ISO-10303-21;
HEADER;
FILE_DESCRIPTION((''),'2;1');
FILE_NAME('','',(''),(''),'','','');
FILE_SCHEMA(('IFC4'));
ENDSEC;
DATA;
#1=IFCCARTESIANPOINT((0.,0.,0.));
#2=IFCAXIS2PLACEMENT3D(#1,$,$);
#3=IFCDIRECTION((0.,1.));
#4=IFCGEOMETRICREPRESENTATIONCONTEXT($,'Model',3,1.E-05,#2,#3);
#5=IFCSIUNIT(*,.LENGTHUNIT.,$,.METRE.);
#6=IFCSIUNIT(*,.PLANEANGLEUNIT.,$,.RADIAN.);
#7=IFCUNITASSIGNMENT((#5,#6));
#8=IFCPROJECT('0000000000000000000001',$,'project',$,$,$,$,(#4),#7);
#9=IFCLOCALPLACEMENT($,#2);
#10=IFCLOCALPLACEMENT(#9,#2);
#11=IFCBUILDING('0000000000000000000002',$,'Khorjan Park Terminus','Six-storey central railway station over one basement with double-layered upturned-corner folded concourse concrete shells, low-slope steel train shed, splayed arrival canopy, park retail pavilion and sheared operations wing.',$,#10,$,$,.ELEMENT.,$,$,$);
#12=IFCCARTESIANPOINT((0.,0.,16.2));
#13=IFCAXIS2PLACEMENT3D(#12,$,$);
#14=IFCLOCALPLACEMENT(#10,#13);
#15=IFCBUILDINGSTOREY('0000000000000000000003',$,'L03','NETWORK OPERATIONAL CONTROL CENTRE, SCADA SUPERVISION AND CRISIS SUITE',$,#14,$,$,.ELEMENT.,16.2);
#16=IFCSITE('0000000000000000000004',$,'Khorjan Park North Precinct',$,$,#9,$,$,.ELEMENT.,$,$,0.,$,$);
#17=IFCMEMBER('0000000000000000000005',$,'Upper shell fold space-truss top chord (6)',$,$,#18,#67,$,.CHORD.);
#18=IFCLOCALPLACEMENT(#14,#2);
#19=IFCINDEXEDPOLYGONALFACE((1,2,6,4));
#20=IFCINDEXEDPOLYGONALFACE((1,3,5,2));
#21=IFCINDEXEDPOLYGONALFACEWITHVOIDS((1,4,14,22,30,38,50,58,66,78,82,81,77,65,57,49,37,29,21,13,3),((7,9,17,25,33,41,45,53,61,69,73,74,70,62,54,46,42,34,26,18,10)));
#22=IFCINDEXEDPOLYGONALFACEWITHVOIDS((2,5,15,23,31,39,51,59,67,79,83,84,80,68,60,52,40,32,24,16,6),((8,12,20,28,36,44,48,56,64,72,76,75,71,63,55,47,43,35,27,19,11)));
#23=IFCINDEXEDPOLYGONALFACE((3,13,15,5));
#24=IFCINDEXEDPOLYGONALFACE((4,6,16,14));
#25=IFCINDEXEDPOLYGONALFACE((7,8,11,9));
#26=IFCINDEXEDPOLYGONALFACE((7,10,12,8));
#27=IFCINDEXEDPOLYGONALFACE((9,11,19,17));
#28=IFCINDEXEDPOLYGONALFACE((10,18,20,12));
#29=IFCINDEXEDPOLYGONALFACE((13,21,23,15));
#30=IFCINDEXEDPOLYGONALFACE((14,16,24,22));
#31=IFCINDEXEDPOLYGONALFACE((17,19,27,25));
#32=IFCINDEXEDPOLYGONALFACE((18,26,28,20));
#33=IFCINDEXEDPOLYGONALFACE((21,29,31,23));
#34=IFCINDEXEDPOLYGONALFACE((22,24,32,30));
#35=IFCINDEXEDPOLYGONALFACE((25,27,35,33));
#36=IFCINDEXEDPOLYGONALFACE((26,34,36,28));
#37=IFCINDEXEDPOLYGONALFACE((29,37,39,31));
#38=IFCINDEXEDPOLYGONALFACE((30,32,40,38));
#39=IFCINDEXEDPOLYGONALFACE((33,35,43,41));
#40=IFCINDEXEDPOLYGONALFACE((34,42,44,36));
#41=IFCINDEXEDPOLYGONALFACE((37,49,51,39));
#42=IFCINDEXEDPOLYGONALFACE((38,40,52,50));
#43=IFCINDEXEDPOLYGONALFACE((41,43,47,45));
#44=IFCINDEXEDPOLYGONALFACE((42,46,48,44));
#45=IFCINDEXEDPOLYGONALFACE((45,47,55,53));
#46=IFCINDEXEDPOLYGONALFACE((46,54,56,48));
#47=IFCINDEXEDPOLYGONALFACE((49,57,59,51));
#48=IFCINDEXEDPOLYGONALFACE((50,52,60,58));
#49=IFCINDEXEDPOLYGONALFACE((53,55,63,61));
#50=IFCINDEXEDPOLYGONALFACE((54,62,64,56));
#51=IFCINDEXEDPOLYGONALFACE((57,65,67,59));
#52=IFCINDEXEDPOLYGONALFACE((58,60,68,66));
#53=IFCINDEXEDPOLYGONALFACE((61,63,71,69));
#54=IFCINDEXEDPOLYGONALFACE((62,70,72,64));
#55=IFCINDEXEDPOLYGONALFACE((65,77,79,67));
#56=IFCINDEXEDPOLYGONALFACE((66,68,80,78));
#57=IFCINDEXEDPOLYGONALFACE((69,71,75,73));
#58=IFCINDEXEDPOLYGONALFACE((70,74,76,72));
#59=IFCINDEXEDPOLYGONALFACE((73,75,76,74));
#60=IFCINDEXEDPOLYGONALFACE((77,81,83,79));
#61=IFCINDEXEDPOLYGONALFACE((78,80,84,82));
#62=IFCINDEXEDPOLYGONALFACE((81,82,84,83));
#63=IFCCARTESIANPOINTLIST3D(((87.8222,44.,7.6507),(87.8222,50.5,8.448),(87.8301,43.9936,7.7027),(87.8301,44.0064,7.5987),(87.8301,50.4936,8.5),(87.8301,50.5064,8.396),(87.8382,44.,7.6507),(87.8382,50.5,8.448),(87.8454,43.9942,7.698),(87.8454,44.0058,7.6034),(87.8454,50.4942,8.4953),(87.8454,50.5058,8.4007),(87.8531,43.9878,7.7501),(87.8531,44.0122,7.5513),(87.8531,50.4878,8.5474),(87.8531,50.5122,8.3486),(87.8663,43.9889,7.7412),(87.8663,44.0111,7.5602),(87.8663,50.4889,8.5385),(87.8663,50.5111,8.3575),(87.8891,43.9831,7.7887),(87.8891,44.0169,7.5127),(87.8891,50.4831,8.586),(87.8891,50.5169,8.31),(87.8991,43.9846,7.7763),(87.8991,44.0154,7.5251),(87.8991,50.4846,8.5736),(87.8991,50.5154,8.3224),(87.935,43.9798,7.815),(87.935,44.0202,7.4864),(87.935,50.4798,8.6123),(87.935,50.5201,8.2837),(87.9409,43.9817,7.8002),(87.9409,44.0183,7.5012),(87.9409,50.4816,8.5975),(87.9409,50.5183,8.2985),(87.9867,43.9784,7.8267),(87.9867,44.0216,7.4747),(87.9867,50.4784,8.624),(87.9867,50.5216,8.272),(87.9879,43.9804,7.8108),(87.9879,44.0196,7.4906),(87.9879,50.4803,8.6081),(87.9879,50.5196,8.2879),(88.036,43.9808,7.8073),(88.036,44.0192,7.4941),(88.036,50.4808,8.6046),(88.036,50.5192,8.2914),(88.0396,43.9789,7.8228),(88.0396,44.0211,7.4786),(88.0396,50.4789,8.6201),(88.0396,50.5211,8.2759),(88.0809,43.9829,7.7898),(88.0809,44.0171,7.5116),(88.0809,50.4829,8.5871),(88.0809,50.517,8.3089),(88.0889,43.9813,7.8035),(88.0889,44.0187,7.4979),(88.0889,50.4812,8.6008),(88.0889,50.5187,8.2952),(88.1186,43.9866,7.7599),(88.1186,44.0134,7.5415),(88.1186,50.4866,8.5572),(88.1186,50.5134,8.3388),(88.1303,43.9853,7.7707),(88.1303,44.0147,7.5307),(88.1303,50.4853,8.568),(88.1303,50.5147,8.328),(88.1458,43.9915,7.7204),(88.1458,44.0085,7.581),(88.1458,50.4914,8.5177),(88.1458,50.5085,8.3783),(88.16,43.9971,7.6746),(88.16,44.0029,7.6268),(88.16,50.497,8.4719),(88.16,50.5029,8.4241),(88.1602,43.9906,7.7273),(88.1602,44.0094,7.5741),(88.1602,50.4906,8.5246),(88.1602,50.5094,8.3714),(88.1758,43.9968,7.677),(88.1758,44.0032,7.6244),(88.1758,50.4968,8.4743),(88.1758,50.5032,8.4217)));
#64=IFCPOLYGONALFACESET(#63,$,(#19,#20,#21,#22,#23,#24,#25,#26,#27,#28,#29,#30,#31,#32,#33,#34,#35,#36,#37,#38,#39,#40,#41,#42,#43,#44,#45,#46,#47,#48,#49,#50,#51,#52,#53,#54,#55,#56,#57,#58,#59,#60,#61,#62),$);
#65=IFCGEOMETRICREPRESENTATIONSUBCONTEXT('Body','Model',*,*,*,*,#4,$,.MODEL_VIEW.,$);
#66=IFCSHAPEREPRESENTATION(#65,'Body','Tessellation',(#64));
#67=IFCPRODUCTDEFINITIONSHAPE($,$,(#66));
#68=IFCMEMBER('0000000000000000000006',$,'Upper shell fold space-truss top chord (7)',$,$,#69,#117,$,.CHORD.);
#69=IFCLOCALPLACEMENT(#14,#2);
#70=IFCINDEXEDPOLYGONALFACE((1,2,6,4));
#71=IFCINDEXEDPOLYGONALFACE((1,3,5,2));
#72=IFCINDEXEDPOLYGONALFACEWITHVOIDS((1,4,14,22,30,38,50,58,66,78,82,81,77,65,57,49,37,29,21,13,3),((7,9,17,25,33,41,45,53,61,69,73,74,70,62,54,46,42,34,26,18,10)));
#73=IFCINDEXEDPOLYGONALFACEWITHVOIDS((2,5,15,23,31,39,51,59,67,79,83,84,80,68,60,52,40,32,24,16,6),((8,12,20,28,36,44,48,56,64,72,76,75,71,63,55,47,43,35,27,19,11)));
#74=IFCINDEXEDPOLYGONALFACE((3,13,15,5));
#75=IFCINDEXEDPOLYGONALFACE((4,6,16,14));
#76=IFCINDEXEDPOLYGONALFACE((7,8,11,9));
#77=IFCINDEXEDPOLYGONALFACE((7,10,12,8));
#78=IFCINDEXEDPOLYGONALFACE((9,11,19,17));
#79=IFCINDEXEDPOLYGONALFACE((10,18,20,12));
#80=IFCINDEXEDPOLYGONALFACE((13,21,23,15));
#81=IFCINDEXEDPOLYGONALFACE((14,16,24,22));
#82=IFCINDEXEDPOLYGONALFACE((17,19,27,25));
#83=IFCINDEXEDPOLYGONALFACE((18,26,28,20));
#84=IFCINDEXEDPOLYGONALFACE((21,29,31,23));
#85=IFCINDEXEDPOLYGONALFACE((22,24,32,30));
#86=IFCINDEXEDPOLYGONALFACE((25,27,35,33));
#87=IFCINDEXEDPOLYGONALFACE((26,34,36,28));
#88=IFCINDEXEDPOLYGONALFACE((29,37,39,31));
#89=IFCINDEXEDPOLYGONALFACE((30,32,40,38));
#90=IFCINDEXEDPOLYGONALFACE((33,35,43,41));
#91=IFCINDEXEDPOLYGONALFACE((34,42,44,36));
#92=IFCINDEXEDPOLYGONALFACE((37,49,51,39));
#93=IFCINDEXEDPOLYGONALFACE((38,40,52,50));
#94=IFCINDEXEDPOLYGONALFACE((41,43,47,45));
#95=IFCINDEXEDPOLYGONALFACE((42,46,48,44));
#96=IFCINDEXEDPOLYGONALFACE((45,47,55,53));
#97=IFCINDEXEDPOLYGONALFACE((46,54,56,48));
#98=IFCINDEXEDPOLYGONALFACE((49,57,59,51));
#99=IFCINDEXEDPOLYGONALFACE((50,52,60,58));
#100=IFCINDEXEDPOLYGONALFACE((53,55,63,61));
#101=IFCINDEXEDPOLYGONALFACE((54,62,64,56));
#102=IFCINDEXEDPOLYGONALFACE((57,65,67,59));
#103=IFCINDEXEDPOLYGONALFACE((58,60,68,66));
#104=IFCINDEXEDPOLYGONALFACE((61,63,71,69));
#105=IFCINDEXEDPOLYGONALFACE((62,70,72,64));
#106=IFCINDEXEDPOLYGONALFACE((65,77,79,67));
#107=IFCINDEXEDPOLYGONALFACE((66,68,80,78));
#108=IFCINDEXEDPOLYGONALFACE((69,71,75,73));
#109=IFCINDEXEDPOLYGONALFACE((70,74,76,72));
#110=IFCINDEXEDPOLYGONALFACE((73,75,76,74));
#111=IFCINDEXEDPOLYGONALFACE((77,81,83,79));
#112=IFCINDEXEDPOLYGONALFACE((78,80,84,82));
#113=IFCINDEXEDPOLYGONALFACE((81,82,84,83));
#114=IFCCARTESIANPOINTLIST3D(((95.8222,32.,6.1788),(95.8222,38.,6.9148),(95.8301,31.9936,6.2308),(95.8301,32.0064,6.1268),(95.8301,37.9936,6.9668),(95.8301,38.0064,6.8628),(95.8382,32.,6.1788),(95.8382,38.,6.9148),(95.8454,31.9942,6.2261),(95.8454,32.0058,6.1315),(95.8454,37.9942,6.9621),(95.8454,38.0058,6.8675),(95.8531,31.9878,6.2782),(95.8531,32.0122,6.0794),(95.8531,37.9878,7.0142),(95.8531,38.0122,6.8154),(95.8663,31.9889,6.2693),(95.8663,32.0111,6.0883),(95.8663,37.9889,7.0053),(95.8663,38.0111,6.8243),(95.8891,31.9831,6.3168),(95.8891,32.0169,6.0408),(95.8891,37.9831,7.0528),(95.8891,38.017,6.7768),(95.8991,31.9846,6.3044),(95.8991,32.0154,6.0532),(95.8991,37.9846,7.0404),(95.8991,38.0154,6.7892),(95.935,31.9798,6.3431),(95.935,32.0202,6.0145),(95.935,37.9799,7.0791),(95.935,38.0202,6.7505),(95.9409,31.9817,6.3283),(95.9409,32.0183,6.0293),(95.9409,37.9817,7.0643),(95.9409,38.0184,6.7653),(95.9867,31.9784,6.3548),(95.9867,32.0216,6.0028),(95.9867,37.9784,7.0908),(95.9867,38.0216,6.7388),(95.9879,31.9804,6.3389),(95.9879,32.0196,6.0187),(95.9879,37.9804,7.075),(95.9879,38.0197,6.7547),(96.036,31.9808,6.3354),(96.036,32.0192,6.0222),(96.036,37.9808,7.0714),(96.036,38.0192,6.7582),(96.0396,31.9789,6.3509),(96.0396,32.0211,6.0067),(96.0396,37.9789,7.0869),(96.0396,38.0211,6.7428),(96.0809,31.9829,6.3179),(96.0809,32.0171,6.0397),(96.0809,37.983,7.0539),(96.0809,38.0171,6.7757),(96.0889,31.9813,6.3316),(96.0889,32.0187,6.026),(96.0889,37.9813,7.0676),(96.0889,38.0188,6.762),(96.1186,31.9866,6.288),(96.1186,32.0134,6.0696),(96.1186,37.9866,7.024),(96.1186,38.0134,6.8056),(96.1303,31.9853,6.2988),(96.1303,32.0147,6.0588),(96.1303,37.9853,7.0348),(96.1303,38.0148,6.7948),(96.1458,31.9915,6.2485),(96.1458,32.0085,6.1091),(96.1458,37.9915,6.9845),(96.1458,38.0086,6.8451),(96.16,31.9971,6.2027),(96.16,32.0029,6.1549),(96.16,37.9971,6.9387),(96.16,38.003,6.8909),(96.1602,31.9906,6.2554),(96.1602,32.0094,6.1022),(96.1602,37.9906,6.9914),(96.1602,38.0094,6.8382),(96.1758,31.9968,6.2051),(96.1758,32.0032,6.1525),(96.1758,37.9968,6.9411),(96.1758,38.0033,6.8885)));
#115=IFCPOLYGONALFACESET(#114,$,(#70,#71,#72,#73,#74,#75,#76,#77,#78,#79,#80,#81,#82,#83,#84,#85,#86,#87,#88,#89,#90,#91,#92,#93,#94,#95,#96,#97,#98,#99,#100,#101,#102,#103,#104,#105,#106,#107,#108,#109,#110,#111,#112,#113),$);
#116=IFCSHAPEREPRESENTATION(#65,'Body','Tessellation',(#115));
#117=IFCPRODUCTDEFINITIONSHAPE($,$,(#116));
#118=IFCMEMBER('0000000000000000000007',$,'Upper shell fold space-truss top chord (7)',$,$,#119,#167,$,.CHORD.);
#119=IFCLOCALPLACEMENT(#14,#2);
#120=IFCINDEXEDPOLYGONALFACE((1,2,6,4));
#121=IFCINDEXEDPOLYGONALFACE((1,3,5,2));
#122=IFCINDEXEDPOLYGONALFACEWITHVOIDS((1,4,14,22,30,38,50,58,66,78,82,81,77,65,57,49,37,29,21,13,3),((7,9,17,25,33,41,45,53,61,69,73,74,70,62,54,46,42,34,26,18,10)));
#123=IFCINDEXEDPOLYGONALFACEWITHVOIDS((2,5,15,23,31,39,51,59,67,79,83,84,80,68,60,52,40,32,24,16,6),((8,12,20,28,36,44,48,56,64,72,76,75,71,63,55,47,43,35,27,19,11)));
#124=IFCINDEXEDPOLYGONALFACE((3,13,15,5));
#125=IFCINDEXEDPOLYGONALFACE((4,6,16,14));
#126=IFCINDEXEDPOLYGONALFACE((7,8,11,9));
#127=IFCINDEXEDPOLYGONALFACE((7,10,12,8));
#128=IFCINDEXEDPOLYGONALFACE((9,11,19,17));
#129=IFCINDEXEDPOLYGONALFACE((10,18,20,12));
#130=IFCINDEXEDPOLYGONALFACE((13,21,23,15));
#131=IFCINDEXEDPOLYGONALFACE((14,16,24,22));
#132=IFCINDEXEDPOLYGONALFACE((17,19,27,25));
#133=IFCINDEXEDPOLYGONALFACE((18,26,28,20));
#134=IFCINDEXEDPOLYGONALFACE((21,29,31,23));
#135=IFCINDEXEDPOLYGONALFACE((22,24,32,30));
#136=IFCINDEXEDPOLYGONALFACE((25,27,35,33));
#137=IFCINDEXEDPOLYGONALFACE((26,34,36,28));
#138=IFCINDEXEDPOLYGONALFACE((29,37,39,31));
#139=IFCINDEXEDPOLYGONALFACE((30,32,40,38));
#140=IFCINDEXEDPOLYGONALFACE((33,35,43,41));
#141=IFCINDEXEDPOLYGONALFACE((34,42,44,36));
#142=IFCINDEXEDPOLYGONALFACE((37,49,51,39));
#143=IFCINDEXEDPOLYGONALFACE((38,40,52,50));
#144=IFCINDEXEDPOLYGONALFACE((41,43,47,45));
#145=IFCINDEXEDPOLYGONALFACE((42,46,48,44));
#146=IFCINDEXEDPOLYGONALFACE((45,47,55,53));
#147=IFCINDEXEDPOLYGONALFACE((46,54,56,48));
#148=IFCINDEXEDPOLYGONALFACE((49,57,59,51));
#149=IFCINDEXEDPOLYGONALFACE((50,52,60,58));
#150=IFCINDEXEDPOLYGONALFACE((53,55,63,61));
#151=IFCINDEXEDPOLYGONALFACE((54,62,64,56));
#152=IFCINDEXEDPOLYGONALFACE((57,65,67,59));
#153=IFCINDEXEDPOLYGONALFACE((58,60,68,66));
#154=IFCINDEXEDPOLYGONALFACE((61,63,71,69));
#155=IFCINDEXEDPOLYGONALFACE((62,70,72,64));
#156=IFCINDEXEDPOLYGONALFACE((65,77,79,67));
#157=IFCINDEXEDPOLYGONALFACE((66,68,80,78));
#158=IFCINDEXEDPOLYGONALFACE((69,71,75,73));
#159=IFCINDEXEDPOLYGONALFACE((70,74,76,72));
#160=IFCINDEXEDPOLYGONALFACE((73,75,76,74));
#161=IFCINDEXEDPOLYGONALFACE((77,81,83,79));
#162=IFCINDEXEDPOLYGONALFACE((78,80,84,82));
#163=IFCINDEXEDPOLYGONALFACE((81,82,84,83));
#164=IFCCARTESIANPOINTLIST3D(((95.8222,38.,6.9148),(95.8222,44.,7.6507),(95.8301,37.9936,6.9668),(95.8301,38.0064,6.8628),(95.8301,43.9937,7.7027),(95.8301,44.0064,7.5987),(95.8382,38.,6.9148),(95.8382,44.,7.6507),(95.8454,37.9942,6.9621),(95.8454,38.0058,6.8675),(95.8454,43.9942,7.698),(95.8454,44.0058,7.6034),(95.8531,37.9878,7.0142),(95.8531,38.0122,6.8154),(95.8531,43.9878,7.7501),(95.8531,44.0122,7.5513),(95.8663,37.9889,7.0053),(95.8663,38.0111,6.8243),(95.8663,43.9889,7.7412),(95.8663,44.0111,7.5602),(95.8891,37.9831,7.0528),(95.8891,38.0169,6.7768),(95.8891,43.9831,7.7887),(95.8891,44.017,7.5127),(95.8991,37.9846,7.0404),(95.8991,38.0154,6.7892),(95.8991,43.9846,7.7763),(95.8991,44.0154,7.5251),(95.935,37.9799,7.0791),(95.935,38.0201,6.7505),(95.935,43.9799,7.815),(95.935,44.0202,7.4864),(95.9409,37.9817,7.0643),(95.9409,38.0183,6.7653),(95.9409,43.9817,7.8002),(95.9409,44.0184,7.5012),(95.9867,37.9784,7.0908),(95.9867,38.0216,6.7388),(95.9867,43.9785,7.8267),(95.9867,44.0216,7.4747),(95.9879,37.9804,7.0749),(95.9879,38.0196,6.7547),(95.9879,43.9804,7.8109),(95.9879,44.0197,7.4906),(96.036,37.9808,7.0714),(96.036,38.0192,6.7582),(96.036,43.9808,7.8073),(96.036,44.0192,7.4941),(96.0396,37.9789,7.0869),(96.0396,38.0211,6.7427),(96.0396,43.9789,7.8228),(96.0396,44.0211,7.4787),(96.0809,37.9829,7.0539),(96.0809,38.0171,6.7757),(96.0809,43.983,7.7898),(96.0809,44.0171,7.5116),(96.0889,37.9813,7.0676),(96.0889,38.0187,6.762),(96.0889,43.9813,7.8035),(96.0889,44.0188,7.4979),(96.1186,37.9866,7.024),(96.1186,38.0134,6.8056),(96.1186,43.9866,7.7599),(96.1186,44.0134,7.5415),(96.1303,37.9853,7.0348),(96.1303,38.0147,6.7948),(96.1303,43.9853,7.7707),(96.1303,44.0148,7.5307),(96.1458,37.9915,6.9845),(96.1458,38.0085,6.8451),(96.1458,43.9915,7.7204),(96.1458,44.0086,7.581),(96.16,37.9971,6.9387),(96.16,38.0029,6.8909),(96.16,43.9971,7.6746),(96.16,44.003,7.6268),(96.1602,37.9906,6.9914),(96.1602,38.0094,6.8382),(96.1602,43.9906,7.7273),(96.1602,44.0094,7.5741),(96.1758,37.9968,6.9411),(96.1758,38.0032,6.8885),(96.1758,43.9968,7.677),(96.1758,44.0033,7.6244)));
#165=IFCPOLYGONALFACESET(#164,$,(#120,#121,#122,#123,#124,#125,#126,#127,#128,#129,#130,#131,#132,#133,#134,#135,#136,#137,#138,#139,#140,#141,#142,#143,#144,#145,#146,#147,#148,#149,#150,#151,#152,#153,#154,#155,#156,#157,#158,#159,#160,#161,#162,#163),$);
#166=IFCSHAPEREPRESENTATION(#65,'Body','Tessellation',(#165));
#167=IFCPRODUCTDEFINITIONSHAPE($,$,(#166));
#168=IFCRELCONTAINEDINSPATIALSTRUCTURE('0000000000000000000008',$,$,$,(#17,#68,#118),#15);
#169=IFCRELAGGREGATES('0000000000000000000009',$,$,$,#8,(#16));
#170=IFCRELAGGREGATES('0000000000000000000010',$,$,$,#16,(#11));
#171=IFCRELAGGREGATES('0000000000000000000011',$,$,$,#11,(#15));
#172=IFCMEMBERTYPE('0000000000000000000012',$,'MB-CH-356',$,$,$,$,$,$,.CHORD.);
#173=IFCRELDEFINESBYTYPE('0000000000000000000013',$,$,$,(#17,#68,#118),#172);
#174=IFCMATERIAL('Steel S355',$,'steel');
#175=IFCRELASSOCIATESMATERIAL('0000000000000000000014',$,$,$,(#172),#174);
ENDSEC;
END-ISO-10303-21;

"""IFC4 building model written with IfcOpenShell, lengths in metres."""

from ifc_helpers import new_model, si_unit, direction, frame, origin, origin_2d, place, context, subcontext, project, spatial, hollow_circle, extrude, material, material_profile, profile_set, type_object, element, save


model = new_model("IFC4")

# Units and contexts
model_context = context("Model", 3, precision=1e-05, world=origin(), true_north=direction((0.0, 1.0)))
body_context = subcontext(model_context, "Body", "Model", "MODEL_VIEW")
ifc_project = project(units=[si_unit("LENGTHUNIT", "METRE"), si_unit("PLANEANGLEUNIT", "RADIAN")], contexts=[model_context])

# Site, building, storey
site_placement = place(None, origin())
site = spatial("IfcSite", under=ifc_project, at=site_placement, Name="Khorjan Park North Precinct", CompositionType="ELEMENT", RefElevation=0.0)
building_placement = place(site_placement, origin())
building = spatial("IfcBuilding", under=site, at=building_placement, Name="Khorjan Park Terminus", Description="Six-storey central railway station over one basement with double-layered upturned-corner folded concourse concrete shells, low-slope steel train shed, splayed arrival canopy, park retail pavilion and sheared operations wing.", CompositionType="ELEMENT")
storey_placement = place(building_placement, frame((0.0, 0.0, 16.2)))
storey = spatial("IfcBuildingStorey", under=building, at=storey_placement, Name="L03", Description="NETWORK OPERATIONAL CONTROL CENTRE, SCADA SUPERVISION AND CRISIS SUITE", CompositionType="ELEMENT", Elevation=16.2)

# Members
ifc_material_1 = material(Name="Steel S355", Category="steel")
ifc_material_profile_1 = material_profile(ifc_material_1, hollow_circle(Radius=0.1778, WallThickness=0.016, at=origin_2d()), Name="CHS 355.6x16")
ifc_profile_set_1 = profile_set([ifc_material_profile_1], Name="Steel S355")
member_type_1 = type_object("IfcMemberType", Name="MB-CH-356", PredefinedType="CHORD", material=ifc_profile_set_1)
member_1_placement = place(storey_placement, frame((88.0, 44.0, 7.6507), z_axis=(0.0, 0.992561, 0.121749), x_axis=(-1.0, 0.0, 0.0)))
element("IfcMember", 1, at=member_1_placement, inside=storey, type_object=member_type_1, Name="Upper shell fold space-truss top chord (6)", PredefinedType="CHORD", context=body_context, shape_type="SweptSolid", body=[
    extrude(hollow_circle(Radius=0.1778, WallThickness=0.016, at=origin_2d()), origin(), (0.0, 0.0, 1.0), 6.5487),
])
for number, where, z_axis, x_axis, name in (
    (2, (96.0, 32.0, 6.1788), (0.0, 0.99256, 0.121754), (-1.0, 0.0, 0.0), "Upper shell fold space-truss top chord (7)"),
    (3, (96.0, 38.0, 6.9148), (0.0, 0.992562, 0.121738), (-1.0, 0.0, 0.0), "Upper shell fold space-truss top chord (7)"),
):
    element("IfcMember", number, at=place(storey_placement, frame(where, z_axis=z_axis, x_axis=x_axis)), inside=storey, type_object=member_type_1, Name=name, PredefinedType="CHORD", context=body_context, shape_type="SweptSolid", body=[
        extrude(hollow_circle(Radius=0.1778, WallThickness=0.016, at=origin_2d()), origin(), (0.0, 0.0, 1.0), 6.045),
    ])

save(model, "model.ifc")
